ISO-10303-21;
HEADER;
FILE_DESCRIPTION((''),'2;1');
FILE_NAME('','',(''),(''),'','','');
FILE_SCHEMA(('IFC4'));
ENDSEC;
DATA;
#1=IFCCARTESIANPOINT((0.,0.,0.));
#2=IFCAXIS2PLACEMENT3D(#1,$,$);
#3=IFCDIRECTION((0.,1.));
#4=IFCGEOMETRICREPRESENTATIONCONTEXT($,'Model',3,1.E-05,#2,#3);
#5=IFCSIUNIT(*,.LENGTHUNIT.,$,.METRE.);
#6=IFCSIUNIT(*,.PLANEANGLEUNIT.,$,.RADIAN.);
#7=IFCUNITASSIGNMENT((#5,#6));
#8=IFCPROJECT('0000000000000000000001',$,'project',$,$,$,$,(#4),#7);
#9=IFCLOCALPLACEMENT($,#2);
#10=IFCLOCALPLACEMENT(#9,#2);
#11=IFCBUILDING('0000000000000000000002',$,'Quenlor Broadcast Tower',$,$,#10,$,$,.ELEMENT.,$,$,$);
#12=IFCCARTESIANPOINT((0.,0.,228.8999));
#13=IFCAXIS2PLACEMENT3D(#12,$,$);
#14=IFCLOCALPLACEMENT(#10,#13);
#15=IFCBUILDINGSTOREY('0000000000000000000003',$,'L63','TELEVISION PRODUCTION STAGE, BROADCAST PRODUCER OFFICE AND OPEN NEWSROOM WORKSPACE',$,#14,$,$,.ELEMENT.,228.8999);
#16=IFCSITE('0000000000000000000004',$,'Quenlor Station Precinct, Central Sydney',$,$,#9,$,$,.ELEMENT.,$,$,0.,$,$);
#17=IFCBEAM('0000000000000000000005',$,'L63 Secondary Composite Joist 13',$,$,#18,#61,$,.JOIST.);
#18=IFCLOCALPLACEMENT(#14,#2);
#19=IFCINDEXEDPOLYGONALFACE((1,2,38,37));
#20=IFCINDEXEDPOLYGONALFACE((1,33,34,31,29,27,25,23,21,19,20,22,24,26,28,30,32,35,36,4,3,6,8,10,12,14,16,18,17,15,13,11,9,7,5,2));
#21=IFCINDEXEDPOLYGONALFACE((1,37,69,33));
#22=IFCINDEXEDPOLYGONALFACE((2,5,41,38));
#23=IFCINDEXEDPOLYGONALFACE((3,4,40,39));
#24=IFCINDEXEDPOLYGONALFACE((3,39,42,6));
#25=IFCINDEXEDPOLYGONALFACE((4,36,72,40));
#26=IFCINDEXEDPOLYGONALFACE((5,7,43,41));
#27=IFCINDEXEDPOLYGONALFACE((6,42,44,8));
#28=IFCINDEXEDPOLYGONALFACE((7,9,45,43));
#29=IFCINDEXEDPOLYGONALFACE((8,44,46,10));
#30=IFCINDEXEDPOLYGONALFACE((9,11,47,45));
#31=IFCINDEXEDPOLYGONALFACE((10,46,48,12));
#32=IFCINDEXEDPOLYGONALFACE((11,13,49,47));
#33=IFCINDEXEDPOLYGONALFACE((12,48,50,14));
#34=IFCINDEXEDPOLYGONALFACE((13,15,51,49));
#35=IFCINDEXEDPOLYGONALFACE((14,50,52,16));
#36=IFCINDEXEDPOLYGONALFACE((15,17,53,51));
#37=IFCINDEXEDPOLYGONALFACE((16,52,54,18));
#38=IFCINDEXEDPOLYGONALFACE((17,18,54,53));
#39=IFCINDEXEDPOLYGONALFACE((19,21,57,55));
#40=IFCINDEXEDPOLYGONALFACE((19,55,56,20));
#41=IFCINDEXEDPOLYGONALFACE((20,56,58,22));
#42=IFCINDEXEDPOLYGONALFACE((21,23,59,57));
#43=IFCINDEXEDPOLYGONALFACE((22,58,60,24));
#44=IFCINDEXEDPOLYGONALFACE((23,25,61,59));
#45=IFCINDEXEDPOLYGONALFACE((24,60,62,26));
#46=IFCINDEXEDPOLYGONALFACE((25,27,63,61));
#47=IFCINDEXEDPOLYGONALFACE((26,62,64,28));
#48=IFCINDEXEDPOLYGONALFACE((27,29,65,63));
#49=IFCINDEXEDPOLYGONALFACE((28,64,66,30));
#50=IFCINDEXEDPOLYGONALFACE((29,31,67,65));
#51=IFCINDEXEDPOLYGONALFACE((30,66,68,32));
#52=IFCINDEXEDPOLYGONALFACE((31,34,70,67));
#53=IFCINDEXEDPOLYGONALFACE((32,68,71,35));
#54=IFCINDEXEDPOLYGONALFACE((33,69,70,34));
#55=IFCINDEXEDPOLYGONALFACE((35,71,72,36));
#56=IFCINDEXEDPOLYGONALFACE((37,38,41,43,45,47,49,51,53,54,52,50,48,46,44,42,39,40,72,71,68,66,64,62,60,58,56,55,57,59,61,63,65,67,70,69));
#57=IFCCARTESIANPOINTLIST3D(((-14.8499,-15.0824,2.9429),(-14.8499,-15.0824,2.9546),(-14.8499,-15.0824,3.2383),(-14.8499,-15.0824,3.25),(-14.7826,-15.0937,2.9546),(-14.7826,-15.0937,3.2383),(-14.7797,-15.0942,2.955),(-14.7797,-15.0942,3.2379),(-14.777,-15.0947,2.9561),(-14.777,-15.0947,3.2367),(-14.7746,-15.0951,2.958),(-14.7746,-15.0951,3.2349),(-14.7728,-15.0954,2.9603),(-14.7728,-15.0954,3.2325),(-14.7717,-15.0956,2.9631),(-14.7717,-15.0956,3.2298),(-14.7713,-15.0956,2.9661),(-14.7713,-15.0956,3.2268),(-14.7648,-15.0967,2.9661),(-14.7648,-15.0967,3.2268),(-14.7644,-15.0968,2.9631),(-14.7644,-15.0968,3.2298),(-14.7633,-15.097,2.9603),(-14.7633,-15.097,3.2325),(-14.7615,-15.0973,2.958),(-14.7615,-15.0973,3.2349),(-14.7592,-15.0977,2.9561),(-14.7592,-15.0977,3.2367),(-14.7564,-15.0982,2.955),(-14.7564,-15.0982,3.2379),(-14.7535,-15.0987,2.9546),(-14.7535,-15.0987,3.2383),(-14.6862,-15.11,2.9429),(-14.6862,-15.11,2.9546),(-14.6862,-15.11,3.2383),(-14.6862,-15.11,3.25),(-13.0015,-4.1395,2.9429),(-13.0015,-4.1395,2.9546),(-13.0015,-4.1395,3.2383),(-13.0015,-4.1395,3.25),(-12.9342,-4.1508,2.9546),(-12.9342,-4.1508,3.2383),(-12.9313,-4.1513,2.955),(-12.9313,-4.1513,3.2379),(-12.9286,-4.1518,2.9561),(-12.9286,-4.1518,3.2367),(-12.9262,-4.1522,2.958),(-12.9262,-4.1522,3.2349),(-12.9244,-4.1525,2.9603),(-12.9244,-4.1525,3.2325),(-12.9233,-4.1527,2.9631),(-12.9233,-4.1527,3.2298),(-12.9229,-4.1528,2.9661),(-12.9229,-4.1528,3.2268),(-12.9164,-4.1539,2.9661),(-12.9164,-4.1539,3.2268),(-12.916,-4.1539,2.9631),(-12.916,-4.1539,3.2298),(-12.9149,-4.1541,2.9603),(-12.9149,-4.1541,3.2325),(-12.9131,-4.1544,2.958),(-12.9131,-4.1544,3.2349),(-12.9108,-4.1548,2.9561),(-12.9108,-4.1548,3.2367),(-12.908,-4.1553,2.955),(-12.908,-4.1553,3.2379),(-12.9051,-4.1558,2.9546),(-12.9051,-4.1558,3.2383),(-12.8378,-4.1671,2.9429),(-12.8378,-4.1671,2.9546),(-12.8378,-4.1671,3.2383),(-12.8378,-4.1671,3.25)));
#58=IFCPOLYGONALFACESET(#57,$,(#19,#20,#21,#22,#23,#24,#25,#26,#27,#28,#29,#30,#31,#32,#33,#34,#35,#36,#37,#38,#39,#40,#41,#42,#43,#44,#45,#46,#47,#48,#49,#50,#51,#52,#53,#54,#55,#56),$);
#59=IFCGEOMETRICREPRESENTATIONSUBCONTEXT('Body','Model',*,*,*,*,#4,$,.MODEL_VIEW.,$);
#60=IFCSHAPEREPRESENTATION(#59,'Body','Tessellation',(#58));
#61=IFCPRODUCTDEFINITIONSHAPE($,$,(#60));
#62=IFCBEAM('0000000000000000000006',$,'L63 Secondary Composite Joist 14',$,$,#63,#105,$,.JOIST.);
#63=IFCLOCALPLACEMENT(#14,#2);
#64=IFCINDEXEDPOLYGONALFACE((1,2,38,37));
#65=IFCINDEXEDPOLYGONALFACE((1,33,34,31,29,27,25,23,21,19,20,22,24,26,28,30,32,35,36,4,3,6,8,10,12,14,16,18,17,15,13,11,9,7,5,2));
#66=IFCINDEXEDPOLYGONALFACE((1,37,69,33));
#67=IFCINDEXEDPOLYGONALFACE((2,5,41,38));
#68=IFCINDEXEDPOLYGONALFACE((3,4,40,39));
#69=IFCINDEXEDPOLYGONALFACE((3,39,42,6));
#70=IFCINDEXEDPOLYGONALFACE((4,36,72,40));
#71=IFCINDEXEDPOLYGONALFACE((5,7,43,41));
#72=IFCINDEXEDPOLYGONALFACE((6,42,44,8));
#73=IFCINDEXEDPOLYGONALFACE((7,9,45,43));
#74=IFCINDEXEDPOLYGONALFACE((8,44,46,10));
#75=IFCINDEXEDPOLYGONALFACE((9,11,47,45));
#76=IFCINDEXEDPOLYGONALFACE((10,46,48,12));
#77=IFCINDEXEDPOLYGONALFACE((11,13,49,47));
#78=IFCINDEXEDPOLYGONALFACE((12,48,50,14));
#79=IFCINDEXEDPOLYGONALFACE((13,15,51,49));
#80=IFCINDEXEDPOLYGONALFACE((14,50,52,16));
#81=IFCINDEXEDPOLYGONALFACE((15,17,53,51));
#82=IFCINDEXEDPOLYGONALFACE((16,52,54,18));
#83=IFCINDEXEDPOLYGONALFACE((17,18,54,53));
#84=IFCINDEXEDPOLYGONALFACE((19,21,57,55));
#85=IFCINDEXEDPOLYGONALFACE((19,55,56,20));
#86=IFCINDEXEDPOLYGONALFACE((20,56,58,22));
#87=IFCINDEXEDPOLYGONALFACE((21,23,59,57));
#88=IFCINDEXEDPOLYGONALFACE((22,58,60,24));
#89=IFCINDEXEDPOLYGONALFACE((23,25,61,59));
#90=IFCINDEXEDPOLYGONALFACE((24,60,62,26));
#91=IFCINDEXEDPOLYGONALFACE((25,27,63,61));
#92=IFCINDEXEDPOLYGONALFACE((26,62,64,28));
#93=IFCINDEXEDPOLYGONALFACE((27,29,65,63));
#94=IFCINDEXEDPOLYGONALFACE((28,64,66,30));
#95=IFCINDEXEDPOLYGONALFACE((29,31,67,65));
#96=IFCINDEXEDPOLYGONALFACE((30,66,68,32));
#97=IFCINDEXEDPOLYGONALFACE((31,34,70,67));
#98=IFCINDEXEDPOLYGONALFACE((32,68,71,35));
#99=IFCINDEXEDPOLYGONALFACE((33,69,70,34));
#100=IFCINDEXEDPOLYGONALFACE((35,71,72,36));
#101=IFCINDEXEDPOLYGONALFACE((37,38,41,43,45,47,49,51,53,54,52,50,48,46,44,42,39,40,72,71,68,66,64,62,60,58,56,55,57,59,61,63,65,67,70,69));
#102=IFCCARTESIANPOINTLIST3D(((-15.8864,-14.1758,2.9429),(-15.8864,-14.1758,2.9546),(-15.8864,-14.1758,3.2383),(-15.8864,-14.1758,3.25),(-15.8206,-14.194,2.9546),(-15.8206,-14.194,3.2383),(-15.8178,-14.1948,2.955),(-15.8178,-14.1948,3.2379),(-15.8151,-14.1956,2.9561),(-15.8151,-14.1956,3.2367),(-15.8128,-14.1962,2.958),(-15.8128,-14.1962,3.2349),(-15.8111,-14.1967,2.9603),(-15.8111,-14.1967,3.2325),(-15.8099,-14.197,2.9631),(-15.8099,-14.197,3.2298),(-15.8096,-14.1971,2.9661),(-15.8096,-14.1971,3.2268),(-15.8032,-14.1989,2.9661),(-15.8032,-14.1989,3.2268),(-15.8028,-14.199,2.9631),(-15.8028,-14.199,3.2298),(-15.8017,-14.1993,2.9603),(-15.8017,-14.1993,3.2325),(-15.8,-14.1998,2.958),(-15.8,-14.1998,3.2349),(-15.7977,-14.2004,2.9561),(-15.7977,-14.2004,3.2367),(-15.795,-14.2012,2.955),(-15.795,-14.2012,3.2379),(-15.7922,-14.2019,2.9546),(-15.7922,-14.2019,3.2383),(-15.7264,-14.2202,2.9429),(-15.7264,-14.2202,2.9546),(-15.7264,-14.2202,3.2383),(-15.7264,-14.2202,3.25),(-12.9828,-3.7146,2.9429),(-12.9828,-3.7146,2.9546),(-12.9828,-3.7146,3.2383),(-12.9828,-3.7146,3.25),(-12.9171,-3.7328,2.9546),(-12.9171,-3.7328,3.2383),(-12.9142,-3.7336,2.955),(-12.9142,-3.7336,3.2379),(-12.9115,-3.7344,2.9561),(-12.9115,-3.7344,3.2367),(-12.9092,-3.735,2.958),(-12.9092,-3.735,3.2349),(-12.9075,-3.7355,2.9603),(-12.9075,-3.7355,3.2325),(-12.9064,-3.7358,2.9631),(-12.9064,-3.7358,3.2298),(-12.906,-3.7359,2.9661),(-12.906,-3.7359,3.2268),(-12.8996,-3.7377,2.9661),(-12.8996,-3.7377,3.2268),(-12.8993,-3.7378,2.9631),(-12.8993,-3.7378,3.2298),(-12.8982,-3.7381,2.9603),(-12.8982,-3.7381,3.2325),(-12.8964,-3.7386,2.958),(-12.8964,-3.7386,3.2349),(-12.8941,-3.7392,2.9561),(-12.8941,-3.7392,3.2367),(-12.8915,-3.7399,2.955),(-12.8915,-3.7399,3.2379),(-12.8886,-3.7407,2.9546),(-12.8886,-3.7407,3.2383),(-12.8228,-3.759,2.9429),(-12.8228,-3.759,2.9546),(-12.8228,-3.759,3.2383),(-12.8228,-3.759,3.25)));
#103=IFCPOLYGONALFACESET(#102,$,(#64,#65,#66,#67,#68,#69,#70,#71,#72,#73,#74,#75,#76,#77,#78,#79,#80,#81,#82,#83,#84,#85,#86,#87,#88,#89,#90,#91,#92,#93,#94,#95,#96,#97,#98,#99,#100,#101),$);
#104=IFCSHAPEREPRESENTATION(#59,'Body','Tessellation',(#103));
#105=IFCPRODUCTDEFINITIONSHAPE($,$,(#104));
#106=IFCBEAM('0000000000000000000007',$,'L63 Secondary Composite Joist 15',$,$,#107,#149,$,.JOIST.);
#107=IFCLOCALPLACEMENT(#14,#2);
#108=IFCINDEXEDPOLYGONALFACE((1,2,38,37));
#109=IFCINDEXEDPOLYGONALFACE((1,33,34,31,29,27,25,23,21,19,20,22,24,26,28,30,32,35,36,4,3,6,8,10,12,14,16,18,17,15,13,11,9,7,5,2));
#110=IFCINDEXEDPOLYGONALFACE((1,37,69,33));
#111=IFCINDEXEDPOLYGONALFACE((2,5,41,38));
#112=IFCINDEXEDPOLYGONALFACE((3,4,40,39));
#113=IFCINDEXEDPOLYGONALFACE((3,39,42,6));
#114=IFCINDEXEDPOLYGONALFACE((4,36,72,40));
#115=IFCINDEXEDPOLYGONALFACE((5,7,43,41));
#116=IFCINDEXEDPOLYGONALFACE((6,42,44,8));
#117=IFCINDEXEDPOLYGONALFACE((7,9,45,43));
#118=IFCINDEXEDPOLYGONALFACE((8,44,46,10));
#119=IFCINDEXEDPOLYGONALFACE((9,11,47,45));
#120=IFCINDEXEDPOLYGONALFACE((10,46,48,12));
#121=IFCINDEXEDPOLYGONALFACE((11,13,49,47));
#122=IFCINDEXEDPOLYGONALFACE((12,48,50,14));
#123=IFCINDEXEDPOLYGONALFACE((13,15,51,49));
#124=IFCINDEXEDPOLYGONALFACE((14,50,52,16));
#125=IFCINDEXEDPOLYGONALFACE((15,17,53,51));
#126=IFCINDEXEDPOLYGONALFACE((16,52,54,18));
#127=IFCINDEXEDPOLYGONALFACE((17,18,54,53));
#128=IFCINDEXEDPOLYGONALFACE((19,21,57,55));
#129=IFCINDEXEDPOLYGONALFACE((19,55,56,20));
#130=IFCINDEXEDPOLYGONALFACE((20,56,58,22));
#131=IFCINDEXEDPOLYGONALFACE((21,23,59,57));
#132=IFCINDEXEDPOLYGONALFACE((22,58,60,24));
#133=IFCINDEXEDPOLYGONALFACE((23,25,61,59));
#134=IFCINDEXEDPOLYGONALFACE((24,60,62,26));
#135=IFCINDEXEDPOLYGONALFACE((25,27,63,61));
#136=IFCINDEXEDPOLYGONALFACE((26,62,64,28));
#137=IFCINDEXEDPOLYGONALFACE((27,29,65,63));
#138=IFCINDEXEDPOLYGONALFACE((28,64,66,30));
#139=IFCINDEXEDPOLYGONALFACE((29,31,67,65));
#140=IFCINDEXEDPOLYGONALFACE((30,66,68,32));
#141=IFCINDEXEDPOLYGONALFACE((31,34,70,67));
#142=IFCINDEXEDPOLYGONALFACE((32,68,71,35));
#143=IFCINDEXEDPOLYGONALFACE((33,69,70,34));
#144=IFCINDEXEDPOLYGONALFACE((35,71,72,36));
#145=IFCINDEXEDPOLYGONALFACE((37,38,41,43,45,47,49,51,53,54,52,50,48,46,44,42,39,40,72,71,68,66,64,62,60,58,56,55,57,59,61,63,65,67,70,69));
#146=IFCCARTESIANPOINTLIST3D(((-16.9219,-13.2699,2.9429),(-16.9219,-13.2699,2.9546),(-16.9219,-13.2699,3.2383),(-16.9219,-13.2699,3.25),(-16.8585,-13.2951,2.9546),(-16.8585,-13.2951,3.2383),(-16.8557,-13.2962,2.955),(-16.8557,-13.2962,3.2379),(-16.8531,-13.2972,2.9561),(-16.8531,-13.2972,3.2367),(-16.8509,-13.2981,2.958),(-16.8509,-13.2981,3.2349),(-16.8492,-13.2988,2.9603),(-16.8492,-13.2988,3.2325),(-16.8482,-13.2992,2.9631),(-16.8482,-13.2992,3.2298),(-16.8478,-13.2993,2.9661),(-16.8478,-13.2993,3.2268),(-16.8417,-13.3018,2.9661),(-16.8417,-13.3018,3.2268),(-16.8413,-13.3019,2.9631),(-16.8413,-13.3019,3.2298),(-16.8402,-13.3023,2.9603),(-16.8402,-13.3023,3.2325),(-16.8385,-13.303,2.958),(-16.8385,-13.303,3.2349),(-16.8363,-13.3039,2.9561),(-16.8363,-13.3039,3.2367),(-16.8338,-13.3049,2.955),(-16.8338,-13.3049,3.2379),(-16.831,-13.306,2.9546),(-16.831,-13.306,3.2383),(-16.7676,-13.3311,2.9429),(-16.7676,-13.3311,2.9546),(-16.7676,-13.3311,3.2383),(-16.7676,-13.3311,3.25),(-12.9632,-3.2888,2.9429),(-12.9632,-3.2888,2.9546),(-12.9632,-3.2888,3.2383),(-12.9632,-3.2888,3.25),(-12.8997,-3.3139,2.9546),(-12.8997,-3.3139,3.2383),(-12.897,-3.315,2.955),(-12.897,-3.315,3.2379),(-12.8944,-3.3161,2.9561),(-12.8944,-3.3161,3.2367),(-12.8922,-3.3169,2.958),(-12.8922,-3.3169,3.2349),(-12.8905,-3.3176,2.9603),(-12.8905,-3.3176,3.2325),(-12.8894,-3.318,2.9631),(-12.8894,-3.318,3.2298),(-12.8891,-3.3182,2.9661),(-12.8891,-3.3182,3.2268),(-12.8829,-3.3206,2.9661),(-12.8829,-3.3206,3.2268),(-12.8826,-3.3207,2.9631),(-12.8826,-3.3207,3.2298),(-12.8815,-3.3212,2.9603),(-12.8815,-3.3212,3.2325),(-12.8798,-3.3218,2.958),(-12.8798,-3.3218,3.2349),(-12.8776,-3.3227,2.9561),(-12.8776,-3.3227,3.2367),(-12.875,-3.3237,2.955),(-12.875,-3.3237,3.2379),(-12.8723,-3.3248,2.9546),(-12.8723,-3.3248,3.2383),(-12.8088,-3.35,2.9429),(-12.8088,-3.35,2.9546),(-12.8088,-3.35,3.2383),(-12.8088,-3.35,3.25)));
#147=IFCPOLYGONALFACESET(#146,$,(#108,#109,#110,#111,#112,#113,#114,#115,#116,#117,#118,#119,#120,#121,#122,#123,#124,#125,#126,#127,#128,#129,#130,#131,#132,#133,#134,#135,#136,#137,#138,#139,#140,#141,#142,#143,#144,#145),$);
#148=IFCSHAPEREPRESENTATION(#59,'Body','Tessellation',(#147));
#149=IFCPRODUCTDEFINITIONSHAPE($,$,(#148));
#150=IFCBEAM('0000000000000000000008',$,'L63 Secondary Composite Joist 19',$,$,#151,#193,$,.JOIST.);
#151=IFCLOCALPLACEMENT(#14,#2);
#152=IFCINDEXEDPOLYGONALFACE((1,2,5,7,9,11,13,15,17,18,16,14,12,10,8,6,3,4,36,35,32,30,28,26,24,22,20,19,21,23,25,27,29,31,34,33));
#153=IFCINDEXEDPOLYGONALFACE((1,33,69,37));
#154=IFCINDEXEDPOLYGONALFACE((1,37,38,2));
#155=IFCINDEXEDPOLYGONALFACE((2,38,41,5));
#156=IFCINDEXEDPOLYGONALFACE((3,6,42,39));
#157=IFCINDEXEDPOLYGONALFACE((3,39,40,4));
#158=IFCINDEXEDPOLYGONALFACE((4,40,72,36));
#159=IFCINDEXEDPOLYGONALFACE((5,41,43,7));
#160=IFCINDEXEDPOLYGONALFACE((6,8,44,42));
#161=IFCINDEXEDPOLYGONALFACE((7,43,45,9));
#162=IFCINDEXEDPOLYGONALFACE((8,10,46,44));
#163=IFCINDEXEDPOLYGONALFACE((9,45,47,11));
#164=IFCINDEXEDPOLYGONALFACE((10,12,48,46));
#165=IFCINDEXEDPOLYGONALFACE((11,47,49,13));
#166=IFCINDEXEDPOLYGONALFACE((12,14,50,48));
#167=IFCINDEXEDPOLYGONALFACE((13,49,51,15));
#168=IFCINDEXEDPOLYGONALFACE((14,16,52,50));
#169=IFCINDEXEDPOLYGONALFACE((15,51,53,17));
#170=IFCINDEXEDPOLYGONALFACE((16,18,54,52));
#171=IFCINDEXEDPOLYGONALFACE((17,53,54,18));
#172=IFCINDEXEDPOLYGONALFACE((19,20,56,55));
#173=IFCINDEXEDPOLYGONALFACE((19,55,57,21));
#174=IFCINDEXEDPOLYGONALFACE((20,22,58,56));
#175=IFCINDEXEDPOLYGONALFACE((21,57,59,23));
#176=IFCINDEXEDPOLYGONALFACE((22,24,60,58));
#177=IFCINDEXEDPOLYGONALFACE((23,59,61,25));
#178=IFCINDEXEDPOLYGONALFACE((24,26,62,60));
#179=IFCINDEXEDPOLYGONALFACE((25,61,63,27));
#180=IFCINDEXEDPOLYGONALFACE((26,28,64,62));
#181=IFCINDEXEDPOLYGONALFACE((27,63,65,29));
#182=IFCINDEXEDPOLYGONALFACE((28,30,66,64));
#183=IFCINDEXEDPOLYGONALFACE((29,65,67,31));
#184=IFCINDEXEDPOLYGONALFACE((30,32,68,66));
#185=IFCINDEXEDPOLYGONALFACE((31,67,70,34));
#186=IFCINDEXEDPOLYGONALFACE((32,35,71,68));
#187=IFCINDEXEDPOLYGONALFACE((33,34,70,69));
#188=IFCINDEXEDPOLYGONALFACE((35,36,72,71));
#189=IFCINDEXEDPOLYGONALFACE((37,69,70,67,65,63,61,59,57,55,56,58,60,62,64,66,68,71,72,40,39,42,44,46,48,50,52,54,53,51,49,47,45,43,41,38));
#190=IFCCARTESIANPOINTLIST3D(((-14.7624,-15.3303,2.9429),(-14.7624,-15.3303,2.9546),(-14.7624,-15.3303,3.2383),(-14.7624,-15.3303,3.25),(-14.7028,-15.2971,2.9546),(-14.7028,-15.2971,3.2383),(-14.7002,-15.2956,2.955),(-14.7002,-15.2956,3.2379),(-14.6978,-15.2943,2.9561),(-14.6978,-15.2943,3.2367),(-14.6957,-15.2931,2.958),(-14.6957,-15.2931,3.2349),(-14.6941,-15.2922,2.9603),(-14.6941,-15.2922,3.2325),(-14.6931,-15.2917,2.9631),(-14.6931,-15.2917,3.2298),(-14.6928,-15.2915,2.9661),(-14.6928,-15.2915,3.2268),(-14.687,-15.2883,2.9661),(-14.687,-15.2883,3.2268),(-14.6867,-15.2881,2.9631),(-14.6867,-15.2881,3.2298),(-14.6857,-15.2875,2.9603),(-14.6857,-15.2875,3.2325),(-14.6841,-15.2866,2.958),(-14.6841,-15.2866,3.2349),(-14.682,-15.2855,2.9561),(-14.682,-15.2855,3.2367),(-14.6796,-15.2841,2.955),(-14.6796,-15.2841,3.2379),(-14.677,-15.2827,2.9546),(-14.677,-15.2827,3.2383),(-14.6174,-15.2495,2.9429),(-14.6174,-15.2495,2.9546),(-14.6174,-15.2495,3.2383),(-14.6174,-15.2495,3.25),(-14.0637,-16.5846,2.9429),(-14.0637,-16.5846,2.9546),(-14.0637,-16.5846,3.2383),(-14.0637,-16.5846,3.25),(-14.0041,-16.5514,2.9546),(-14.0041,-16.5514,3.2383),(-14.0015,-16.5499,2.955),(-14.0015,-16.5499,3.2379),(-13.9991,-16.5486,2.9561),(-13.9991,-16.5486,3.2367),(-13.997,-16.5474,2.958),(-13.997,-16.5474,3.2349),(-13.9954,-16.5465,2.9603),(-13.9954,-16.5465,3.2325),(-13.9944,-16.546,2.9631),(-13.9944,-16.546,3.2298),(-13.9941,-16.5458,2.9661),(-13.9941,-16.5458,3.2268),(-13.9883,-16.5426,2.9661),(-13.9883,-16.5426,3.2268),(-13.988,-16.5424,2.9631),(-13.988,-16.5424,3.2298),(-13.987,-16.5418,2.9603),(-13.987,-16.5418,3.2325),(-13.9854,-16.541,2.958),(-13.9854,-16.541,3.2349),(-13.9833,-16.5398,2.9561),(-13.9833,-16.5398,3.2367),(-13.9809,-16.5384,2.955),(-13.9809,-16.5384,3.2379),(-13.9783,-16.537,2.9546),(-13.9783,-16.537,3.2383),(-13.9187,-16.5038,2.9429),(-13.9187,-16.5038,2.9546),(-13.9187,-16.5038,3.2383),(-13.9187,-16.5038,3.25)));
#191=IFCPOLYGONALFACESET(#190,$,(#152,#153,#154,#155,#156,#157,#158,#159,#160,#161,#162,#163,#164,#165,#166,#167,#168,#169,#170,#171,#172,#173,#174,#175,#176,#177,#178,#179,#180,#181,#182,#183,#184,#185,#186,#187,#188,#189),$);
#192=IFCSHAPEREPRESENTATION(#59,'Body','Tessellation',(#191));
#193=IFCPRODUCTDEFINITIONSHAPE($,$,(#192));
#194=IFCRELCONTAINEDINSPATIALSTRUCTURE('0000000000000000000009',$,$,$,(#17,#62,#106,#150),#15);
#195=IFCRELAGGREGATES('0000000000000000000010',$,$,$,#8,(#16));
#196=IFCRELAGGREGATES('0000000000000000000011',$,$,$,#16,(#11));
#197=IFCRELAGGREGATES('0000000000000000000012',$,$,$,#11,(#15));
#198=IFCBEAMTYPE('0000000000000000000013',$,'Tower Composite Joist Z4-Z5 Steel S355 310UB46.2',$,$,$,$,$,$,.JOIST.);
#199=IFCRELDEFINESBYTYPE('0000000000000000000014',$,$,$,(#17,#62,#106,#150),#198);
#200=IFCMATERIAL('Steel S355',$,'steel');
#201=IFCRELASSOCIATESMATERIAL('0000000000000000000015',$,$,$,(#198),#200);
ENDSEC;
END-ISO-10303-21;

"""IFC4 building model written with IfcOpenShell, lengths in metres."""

from ifc_helpers import new_model, si_unit, direction, frame, origin, origin_2d, place, context, subcontext, project, spatial, i_section, extrude, material, material_profile, profile_set, type_object, element, save


model = new_model("IFC4")

# Units and contexts
model_context = context("Model", 3, precision=1e-05, world=origin(), true_north=direction((0.0, 1.0)))
body_context = subcontext(model_context, "Body", "Model", "MODEL_VIEW")
ifc_project = project(units=[si_unit("LENGTHUNIT", "METRE"), si_unit("PLANEANGLEUNIT", "RADIAN")], contexts=[model_context])

# Site, building, storey
site_placement = place(None, origin())
site = spatial("IfcSite", under=ifc_project, at=site_placement, Name="Quenlor Station Precinct, Central Sydney", CompositionType="ELEMENT", RefElevation=0.0)
building_placement = place(site_placement, origin())
building = spatial("IfcBuilding", under=site, at=building_placement, Name="Quenlor Broadcast Tower", CompositionType="ELEMENT")
storey_placement = place(building_placement, frame((0.0, 0.0, 228.8999)))
storey = spatial("IfcBuildingStorey", under=building, at=storey_placement, Name="L63", Description="TELEVISION PRODUCTION STAGE, BROADCAST PRODUCER OFFICE AND OPEN NEWSROOM WORKSPACE", CompositionType="ELEMENT", Elevation=228.8999)

# Beams
ifc_material_1 = material(Name="Steel S355", Category="steel")
ifc_material_profile_1 = material_profile(ifc_material_1, i_section(OverallWidth=0.166, OverallDepth=0.3071, WebThickness=0.0066, FlangeThickness=0.0117, FilletRadius=0.0115, at=origin_2d()))
ifc_profile_set_1 = profile_set([ifc_material_profile_1], Name="Steel S355 310UB46.2")
beam_type_1 = type_object("IfcBeamType", Name="Tower Composite Joist Z4-Z5 Steel S355 310UB46.2", PredefinedType="JOIST", material=ifc_profile_set_1)
beam_1_placement = place(storey_placement, frame((-14.7681, -15.0962, 3.0964), z_axis=(0.166553, 0.986032, 0.0), x_axis=(-0.986032, 0.166553, 0.0)))
element("IfcBeam", 1, at=beam_1_placement, inside=storey, type_object=beam_type_1, Name="L63 Secondary Composite Joist 13", PredefinedType="JOIST", context=body_context, shape_type="SweptSolid", body=[
    extrude(i_section(OverallWidth=0.166, OverallDepth=0.3071, WebThickness=0.0066, FlangeThickness=0.0117, FilletRadius=0.0115, at=origin_2d()), origin(), (0.0, 0.0, 1.0), 11.0979),
])
beam_2_placement = place(storey_placement, frame((-15.8064, -14.198, 3.0964), z_axis=(0.267446, 0.963573, 0.0), x_axis=(-0.963573, 0.267446, 0.0)))
element("IfcBeam", 2, at=beam_2_placement, inside=storey, type_object=beam_type_1, Name="L63 Secondary Composite Joist 14", PredefinedType="JOIST", context=body_context, shape_type="SweptSolid", body=[
    extrude(i_section(OverallWidth=0.166, OverallDepth=0.3071, WebThickness=0.0066, FlangeThickness=0.0117, FilletRadius=0.0115, at=origin_2d()), origin(), (0.0, 0.0, 1.0), 10.8567),
])
beam_3_placement = place(storey_placement, frame((-16.8447, -13.3005, 3.0964), z_axis=(0.36868, 0.929556, 0.0), x_axis=(-0.929556, 0.36868, 0.0)))
element("IfcBeam", 3, at=beam_3_placement, inside=storey, type_object=beam_type_1, Name="L63 Secondary Composite Joist 15", PredefinedType="JOIST", context=body_context, shape_type="SweptSolid", body=[
    extrude(i_section(OverallWidth=0.166, OverallDepth=0.3071, WebThickness=0.0066, FlangeThickness=0.0117, FilletRadius=0.0115, at=origin_2d()), origin(), (0.0, 0.0, 1.0), 10.7375),
])
beam_4_placement = place(storey_placement, frame((-13.9912, -16.5442, 3.0964), z_axis=(-0.486624, 0.873611, 0.0), x_axis=(-0.873611, -0.486624, 0.0)))
element("IfcBeam", 4, at=beam_4_placement, inside=storey, type_object=beam_type_1, Name="L63 Secondary Composite Joist 19", PredefinedType="JOIST", context=body_context, shape_type="SweptSolid", body=[
    extrude(i_section(OverallWidth=0.166, OverallDepth=0.3071, WebThickness=0.0066, FlangeThickness=0.0117, FilletRadius=0.0115, at=origin_2d()), origin(), (0.0, 0.0, 1.0), 1.4358),
])

save(model, "model.ifc")
